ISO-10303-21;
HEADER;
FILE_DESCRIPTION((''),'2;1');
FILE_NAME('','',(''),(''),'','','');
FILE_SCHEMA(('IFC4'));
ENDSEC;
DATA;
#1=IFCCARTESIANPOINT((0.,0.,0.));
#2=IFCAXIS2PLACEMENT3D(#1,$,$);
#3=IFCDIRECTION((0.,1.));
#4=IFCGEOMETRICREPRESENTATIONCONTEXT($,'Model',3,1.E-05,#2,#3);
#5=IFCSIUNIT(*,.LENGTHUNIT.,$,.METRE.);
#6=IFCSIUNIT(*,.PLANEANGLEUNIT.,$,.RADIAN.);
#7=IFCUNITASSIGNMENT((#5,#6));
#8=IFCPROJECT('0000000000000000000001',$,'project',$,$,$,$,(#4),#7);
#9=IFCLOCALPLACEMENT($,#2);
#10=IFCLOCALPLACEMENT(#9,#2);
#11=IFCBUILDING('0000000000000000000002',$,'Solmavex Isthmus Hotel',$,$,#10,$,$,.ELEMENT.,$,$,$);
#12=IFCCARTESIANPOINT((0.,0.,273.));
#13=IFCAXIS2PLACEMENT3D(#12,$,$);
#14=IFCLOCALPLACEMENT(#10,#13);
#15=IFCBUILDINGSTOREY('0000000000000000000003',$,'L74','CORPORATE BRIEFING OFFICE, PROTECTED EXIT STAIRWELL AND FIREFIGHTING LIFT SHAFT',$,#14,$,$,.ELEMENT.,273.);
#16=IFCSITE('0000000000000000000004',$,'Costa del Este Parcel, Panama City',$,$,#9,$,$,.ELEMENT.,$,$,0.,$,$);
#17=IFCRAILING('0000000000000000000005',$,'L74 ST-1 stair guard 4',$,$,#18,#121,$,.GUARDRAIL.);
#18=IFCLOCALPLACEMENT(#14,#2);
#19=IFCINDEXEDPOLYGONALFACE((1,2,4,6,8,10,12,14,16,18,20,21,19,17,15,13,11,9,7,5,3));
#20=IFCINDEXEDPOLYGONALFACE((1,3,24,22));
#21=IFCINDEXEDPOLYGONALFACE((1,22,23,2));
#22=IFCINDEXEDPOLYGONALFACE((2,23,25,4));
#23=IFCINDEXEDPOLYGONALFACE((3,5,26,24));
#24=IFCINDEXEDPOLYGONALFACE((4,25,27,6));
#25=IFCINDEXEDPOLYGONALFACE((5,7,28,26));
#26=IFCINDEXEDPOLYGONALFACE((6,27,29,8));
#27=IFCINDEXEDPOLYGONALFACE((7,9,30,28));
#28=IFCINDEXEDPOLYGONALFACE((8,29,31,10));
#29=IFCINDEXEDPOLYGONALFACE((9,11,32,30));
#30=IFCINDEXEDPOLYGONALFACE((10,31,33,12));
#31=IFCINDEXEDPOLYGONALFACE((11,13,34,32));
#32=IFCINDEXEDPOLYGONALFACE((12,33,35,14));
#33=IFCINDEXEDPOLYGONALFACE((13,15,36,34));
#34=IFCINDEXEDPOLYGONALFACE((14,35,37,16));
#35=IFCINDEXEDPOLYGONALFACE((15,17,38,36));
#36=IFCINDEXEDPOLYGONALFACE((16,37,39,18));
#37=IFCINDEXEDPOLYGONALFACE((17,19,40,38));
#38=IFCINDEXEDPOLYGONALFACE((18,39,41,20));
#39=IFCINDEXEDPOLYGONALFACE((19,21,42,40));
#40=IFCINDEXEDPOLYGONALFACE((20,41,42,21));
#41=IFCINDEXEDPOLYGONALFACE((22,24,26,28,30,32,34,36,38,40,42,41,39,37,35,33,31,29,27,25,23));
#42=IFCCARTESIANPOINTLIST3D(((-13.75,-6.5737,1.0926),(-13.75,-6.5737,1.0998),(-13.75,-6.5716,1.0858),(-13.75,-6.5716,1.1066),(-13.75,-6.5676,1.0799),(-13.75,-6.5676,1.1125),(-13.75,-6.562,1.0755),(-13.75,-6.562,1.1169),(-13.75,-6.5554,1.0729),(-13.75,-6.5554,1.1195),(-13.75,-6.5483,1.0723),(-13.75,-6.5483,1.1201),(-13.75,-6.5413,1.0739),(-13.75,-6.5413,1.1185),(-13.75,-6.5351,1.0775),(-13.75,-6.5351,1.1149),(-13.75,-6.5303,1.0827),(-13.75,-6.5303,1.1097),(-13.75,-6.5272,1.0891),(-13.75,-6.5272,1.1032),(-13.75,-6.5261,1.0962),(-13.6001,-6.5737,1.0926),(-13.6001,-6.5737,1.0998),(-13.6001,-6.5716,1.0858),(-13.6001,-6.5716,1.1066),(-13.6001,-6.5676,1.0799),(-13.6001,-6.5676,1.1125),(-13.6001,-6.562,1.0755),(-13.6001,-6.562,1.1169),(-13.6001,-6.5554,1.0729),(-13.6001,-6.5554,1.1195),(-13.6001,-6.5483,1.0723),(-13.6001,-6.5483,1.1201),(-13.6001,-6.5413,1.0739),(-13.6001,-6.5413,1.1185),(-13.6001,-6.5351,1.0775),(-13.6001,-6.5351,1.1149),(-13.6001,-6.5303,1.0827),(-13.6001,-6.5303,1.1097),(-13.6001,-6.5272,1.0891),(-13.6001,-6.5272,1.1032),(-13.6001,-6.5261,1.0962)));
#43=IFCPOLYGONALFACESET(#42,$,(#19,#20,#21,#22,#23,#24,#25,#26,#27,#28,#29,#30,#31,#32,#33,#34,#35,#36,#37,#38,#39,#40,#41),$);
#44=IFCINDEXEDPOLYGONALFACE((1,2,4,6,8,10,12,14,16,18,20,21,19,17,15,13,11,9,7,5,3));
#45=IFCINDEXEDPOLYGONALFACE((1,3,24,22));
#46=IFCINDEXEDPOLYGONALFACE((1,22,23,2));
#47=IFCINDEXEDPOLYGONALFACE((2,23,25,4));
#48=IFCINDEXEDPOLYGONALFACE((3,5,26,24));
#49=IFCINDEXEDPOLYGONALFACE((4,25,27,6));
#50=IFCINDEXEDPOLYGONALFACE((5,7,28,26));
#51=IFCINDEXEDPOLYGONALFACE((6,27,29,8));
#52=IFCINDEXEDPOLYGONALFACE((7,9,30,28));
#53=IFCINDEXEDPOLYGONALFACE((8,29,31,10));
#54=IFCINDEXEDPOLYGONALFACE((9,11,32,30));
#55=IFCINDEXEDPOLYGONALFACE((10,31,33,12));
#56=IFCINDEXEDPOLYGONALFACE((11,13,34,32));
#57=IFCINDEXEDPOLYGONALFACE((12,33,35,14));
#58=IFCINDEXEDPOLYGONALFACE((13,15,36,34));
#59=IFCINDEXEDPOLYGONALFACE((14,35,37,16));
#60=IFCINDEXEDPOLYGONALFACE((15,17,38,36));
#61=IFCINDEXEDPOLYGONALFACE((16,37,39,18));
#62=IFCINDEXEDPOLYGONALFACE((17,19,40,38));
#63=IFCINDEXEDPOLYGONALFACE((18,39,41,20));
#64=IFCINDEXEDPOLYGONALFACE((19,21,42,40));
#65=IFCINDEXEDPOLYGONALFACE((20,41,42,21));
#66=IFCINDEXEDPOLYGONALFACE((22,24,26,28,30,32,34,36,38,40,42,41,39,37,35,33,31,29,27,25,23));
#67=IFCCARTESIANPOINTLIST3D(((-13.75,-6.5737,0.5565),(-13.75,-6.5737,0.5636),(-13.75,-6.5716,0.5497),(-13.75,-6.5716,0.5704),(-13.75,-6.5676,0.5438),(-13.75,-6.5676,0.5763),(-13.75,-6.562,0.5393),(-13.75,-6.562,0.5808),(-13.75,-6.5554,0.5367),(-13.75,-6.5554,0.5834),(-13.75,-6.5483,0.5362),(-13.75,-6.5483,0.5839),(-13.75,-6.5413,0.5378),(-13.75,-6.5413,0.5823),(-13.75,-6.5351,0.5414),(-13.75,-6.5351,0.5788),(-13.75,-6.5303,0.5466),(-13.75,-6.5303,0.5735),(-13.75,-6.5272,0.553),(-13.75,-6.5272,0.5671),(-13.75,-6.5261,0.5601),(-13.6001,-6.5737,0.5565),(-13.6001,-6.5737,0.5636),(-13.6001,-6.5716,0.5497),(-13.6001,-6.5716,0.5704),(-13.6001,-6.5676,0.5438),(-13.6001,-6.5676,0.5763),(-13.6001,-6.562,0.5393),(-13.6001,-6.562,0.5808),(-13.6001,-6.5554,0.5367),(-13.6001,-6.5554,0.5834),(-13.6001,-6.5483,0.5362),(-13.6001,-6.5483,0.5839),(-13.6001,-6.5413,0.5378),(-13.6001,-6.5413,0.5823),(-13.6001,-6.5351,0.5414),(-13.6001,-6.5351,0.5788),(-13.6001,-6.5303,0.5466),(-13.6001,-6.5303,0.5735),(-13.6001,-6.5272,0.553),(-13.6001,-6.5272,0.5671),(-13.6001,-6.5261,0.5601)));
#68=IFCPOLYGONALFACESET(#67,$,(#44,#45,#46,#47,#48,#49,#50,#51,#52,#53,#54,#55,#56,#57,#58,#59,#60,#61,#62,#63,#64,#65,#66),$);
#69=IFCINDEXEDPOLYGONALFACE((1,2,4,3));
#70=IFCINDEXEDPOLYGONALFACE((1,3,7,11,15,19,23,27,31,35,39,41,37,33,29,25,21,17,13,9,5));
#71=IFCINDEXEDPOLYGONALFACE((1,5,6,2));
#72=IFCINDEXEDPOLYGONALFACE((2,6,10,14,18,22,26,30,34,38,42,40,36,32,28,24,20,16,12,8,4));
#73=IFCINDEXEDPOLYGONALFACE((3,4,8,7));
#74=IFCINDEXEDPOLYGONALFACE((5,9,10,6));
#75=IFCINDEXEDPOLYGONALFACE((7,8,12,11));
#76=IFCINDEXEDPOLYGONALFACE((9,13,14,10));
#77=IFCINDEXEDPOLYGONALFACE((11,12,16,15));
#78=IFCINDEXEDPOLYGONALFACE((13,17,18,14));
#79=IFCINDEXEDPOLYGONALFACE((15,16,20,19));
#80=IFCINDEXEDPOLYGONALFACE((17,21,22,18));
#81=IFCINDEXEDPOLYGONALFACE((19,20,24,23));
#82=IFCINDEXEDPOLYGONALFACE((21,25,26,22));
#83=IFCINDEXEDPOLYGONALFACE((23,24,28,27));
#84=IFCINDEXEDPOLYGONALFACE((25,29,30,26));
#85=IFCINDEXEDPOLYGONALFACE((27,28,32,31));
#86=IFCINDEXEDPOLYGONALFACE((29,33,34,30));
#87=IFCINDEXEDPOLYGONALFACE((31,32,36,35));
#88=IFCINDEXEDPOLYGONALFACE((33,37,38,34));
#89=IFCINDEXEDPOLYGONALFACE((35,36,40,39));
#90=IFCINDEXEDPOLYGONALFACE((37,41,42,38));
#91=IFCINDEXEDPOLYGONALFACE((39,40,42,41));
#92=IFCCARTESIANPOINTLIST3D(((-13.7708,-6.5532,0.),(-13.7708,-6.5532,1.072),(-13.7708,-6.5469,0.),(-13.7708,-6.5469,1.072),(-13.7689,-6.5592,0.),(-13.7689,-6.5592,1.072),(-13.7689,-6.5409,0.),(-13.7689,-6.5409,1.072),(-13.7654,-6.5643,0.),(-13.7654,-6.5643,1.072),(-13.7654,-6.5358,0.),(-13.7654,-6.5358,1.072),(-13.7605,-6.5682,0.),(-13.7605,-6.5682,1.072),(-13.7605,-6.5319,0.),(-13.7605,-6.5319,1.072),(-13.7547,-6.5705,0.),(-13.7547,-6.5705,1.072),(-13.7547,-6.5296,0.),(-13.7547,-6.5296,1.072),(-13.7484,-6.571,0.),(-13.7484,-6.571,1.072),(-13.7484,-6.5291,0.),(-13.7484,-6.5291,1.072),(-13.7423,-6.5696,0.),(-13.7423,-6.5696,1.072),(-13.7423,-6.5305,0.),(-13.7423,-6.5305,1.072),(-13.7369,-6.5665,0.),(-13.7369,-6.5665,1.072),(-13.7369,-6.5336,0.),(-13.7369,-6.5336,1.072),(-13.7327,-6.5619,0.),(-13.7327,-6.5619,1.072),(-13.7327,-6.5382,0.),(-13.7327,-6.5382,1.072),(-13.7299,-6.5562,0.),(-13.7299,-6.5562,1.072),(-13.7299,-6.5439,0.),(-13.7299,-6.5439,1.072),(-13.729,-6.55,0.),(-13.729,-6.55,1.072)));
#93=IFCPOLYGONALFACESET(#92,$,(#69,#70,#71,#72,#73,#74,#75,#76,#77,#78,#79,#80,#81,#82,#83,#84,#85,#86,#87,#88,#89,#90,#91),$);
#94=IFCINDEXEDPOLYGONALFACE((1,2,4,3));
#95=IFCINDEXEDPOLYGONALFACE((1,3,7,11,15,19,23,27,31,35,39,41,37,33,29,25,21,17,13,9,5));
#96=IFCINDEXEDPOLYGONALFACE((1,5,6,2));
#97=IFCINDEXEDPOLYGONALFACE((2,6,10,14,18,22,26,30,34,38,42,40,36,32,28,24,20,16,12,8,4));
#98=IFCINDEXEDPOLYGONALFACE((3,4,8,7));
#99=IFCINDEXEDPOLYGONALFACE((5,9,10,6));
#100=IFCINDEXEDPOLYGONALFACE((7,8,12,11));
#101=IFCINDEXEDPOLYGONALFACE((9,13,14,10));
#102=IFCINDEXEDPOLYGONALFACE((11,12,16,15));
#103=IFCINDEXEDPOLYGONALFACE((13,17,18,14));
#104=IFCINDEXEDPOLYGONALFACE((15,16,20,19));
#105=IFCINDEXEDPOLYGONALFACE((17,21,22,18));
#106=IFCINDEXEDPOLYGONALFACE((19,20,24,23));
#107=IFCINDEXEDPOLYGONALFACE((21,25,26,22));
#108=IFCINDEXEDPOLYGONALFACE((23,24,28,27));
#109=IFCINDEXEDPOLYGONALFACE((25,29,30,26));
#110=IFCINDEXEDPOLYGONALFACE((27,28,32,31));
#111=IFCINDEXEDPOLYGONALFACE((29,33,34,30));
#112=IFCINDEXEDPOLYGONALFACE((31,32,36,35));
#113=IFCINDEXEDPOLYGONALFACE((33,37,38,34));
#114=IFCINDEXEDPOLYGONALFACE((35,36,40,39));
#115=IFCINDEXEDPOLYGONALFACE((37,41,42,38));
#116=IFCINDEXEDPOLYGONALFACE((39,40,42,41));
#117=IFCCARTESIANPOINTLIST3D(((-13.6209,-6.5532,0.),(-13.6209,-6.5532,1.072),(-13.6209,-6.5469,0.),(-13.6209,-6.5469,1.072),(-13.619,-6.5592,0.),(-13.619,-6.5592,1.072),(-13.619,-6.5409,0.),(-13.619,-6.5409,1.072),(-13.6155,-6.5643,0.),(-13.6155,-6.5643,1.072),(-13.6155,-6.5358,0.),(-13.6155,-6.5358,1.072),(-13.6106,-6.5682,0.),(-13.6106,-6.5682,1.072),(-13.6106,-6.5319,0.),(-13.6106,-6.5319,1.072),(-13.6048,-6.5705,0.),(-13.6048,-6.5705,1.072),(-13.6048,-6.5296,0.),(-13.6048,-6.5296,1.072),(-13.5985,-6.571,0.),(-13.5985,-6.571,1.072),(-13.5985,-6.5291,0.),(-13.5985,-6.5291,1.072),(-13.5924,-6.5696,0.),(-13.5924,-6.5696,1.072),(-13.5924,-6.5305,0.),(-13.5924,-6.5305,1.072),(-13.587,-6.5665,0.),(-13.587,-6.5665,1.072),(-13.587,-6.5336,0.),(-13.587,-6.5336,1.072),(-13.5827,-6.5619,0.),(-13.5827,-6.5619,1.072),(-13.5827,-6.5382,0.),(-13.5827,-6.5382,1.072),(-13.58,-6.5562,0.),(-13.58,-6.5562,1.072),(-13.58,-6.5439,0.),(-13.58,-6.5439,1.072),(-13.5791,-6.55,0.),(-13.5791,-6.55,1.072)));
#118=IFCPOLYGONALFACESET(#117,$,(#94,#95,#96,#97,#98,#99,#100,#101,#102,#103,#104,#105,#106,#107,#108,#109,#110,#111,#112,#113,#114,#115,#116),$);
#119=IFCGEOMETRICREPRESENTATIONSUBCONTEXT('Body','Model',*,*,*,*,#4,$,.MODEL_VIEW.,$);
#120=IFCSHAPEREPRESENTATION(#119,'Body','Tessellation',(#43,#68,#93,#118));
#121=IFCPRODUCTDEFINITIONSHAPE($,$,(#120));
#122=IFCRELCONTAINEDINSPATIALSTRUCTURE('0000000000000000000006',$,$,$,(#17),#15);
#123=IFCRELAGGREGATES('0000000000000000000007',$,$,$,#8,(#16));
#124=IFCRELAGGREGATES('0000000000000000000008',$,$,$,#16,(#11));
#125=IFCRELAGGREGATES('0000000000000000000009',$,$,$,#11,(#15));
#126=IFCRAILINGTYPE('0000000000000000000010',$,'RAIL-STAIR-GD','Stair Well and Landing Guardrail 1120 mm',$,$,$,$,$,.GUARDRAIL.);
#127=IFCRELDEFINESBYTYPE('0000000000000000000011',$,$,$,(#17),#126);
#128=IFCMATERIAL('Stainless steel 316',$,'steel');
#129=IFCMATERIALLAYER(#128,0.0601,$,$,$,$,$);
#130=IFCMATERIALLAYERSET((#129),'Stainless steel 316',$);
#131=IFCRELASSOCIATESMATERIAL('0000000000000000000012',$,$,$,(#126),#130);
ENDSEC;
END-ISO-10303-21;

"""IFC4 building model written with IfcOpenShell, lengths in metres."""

from ifc_helpers import new_model, si_unit, direction, frame, origin, origin_2d, place, context, subcontext, project, spatial, circle, extrude, material, layer, layer_set, type_object, element, save


model = new_model("IFC4")

# Units and contexts
model_context = context("Model", 3, precision=1e-05, world=origin(), true_north=direction((0.0, 1.0)))
body_context = subcontext(model_context, "Body", "Model", "MODEL_VIEW")
ifc_project = project(units=[si_unit("LENGTHUNIT", "METRE"), si_unit("PLANEANGLEUNIT", "RADIAN")], contexts=[model_context])

# Site, building, storey
site_placement = place(None, origin())
site = spatial("IfcSite", under=ifc_project, at=site_placement, Name="Costa del Este Parcel, Panama City", CompositionType="ELEMENT", RefElevation=0.0)
building_placement = place(site_placement, origin())
building = spatial("IfcBuilding", under=site, at=building_placement, Name="Solmavex Isthmus Hotel", CompositionType="ELEMENT")
storey_placement = place(building_placement, frame((0.0, 0.0, 273.0)))
storey = spatial("IfcBuildingStorey", under=building, at=storey_placement, Name="L74", Description="CORPORATE BRIEFING OFFICE, PROTECTED EXIT STAIRWELL AND FIREFIGHTING LIFT SHAFT", CompositionType="ELEMENT", Elevation=273.0)

# Shared definitions
ifc_material_1 = material(Name="Stainless steel 316", Category="steel")

# Railing
ifc_layer_1 = layer(ifc_material_1, 0.0601)
ifc_layer_set_1 = layer_set([ifc_layer_1], Name="Stainless steel 316")
railing_type_1 = type_object("IfcRailingType", Name="RAIL-STAIR-GD", Description="Stair Well and Landing Guardrail 1120 mm", PredefinedType="GUARDRAIL", material=ifc_layer_set_1)
railing_1_placement = place(storey_placement, frame((-13.75, -6.55, 0.0)))
element("IfcRailing", 1, at=railing_1_placement, inside=storey, type_object=railing_type_1, Name="L74 ST-1 stair guard 4", PredefinedType="GUARDRAIL", context=body_context, shape_type="SweptSolid", body=[
    extrude(circle(Radius=0.0239, at=origin_2d()), frame((0.0, 0.0, 1.0962), z_axis=(1.0, 0.0, 0.0), x_axis=(0.0, 1.0, 0.0)), (0.0, 0.0, 1.0), 0.1499),
    extrude(circle(Radius=0.0239, at=origin_2d()), frame((0.0, 0.0, 0.5601), z_axis=(1.0, 0.0, 0.0), x_axis=(0.0, 1.0, 0.0)), (0.0, 0.0, 1.0), 0.1499),
    extrude(circle(Radius=0.021, at=origin_2d()), origin(), (0.0, 0.0, 1.0), 1.072),
    extrude(circle(Radius=0.021, at=origin_2d()), frame((0.1499, 0.0, 0.0)), (0.0, 0.0, 1.0), 1.072),
])

save(model, "model.ifc")
